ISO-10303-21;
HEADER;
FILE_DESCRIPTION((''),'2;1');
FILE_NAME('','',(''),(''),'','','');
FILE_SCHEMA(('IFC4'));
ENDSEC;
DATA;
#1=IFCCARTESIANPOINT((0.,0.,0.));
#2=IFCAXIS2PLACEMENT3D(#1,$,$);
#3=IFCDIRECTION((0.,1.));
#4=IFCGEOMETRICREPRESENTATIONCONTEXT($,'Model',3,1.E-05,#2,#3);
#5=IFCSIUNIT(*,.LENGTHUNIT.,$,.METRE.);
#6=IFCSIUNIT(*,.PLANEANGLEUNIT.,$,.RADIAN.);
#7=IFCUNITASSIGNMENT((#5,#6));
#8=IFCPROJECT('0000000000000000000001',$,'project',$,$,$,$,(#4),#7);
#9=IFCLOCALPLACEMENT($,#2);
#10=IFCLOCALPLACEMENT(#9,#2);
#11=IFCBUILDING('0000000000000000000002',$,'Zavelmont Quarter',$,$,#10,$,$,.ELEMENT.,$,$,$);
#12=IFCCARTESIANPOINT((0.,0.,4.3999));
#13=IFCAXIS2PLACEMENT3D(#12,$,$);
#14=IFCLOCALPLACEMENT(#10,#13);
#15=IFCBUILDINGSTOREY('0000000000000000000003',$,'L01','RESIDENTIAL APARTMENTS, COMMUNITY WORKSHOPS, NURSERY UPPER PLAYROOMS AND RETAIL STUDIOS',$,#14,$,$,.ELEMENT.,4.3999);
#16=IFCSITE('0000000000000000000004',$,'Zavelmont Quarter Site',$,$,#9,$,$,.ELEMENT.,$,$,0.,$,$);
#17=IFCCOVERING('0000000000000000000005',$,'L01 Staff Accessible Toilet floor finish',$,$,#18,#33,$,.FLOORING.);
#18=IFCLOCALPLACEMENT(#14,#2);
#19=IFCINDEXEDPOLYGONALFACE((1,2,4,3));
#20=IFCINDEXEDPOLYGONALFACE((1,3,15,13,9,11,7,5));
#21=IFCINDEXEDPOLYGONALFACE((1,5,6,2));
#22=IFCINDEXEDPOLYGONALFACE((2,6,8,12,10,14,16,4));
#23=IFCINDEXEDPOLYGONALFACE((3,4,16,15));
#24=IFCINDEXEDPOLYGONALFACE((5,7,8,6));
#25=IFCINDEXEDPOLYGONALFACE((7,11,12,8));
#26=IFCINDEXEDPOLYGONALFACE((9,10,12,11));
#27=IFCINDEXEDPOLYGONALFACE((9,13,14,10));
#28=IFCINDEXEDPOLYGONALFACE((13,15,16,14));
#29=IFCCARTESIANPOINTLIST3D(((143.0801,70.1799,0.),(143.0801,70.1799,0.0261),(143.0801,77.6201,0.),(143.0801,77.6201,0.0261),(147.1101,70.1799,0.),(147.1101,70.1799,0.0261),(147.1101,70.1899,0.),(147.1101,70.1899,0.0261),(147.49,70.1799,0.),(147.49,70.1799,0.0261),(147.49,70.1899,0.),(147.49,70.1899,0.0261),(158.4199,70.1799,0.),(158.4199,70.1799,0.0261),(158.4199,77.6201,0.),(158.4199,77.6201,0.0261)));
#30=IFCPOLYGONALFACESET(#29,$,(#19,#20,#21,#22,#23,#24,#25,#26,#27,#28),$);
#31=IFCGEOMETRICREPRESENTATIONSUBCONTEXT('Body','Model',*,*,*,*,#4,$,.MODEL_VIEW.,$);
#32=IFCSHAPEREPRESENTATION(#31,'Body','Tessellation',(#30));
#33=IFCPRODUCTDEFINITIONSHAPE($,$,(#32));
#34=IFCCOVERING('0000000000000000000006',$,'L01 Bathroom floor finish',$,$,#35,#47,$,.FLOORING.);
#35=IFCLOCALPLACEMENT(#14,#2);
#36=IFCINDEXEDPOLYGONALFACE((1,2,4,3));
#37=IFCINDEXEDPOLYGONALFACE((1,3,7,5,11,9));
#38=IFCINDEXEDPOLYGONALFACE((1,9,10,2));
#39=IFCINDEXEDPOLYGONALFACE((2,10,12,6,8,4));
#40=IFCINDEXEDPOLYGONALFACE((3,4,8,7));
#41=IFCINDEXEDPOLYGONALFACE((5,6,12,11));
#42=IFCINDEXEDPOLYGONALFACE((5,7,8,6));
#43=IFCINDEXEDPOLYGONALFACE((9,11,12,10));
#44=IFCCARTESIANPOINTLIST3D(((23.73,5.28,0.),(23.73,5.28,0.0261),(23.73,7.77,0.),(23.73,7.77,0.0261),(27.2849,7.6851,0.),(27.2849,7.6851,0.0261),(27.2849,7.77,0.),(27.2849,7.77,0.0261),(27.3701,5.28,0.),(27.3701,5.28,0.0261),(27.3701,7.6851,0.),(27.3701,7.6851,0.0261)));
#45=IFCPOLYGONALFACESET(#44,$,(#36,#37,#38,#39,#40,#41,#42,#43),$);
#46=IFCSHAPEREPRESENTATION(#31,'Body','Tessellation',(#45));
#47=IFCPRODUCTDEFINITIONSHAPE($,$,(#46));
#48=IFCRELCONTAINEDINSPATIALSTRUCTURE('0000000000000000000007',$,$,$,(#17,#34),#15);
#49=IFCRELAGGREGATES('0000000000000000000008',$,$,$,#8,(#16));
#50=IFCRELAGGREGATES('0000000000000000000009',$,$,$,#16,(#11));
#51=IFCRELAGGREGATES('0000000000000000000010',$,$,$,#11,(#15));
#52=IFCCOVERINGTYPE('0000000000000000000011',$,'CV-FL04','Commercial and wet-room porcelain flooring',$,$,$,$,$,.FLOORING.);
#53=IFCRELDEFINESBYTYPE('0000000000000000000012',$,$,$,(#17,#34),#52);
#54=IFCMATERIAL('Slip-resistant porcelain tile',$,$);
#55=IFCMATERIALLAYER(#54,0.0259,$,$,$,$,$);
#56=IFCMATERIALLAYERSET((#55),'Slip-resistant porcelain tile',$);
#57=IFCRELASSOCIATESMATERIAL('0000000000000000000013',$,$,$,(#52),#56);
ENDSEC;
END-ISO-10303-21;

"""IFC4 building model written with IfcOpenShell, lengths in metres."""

from ifc_helpers import new_model, si_unit, direction, frame, origin, place, context, subcontext, project, spatial, polyline, outline, extrude, material, layer, layer_set, type_object, element, save


model = new_model("IFC4")

# Units and contexts
model_context = context("Model", 3, precision=1e-05, world=origin(), true_north=direction((0.0, 1.0)))
body_context = subcontext(model_context, "Body", "Model", "MODEL_VIEW")
ifc_project = project(units=[si_unit("LENGTHUNIT", "METRE"), si_unit("PLANEANGLEUNIT", "RADIAN")], contexts=[model_context])

# Site, building, storey
site_placement = place(None, origin())
site = spatial("IfcSite", under=ifc_project, at=site_placement, Name="Zavelmont Quarter Site", CompositionType="ELEMENT", RefElevation=0.0)
building_placement = place(site_placement, origin())
building = spatial("IfcBuilding", under=site, at=building_placement, Name="Zavelmont Quarter", CompositionType="ELEMENT")
storey_placement = place(building_placement, frame((0.0, 0.0, 4.3999)))
storey = spatial("IfcBuildingStorey", under=building, at=storey_placement, Name="L01", Description="RESIDENTIAL APARTMENTS, COMMUNITY WORKSHOPS, NURSERY UPPER PLAYROOMS AND RETAIL STUDIOS", CompositionType="ELEMENT", Elevation=4.3999)

# Coverings
ifc_material_1 = material(Name="Slip-resistant porcelain tile")
ifc_layer_1 = layer(ifc_material_1, 0.0259)
ifc_layer_set_1 = layer_set([ifc_layer_1], Name="Slip-resistant porcelain tile")
covering_type_1 = type_object("IfcCoveringType", Name="CV-FL04", Description="Commercial and wet-room porcelain flooring", PredefinedType="FLOORING", material=ifc_layer_set_1)
covering_1_placement = place(storey_placement, origin())
element("IfcCovering", 1, at=covering_1_placement, inside=storey, type_object=covering_type_1, Name="L01 Staff Accessible Toilet floor finish", PredefinedType="FLOORING", context=body_context, shape_type="SweptSolid", body=[
    extrude(outline(polyline([(143.0801, 77.6201), (158.4199, 77.6201), (158.4199, 70.1799), (147.49, 70.1799), (147.49, 70.1899), (147.1101, 70.1899), (147.1101, 70.1799), (143.0801, 70.1799), (143.0801, 77.6201)])), origin(), (0.0, 0.0, 1.0), 0.0261),
])
covering_2_placement = place(storey_placement, origin())
element("IfcCovering", 2, at=covering_2_placement, inside=storey, type_object=covering_type_1, Name="L01 Bathroom floor finish", PredefinedType="FLOORING", context=body_context, shape_type="SweptSolid", body=[
    extrude(outline(polyline([(23.73, 7.77), (27.2849, 7.77), (27.2849, 7.6851), (27.3701, 7.6851), (27.3701, 5.28), (23.73, 5.28), (23.73, 7.77)])), origin(), (0.0, 0.0, 1.0), 0.0261),
])

save(model, "model.ifc")
